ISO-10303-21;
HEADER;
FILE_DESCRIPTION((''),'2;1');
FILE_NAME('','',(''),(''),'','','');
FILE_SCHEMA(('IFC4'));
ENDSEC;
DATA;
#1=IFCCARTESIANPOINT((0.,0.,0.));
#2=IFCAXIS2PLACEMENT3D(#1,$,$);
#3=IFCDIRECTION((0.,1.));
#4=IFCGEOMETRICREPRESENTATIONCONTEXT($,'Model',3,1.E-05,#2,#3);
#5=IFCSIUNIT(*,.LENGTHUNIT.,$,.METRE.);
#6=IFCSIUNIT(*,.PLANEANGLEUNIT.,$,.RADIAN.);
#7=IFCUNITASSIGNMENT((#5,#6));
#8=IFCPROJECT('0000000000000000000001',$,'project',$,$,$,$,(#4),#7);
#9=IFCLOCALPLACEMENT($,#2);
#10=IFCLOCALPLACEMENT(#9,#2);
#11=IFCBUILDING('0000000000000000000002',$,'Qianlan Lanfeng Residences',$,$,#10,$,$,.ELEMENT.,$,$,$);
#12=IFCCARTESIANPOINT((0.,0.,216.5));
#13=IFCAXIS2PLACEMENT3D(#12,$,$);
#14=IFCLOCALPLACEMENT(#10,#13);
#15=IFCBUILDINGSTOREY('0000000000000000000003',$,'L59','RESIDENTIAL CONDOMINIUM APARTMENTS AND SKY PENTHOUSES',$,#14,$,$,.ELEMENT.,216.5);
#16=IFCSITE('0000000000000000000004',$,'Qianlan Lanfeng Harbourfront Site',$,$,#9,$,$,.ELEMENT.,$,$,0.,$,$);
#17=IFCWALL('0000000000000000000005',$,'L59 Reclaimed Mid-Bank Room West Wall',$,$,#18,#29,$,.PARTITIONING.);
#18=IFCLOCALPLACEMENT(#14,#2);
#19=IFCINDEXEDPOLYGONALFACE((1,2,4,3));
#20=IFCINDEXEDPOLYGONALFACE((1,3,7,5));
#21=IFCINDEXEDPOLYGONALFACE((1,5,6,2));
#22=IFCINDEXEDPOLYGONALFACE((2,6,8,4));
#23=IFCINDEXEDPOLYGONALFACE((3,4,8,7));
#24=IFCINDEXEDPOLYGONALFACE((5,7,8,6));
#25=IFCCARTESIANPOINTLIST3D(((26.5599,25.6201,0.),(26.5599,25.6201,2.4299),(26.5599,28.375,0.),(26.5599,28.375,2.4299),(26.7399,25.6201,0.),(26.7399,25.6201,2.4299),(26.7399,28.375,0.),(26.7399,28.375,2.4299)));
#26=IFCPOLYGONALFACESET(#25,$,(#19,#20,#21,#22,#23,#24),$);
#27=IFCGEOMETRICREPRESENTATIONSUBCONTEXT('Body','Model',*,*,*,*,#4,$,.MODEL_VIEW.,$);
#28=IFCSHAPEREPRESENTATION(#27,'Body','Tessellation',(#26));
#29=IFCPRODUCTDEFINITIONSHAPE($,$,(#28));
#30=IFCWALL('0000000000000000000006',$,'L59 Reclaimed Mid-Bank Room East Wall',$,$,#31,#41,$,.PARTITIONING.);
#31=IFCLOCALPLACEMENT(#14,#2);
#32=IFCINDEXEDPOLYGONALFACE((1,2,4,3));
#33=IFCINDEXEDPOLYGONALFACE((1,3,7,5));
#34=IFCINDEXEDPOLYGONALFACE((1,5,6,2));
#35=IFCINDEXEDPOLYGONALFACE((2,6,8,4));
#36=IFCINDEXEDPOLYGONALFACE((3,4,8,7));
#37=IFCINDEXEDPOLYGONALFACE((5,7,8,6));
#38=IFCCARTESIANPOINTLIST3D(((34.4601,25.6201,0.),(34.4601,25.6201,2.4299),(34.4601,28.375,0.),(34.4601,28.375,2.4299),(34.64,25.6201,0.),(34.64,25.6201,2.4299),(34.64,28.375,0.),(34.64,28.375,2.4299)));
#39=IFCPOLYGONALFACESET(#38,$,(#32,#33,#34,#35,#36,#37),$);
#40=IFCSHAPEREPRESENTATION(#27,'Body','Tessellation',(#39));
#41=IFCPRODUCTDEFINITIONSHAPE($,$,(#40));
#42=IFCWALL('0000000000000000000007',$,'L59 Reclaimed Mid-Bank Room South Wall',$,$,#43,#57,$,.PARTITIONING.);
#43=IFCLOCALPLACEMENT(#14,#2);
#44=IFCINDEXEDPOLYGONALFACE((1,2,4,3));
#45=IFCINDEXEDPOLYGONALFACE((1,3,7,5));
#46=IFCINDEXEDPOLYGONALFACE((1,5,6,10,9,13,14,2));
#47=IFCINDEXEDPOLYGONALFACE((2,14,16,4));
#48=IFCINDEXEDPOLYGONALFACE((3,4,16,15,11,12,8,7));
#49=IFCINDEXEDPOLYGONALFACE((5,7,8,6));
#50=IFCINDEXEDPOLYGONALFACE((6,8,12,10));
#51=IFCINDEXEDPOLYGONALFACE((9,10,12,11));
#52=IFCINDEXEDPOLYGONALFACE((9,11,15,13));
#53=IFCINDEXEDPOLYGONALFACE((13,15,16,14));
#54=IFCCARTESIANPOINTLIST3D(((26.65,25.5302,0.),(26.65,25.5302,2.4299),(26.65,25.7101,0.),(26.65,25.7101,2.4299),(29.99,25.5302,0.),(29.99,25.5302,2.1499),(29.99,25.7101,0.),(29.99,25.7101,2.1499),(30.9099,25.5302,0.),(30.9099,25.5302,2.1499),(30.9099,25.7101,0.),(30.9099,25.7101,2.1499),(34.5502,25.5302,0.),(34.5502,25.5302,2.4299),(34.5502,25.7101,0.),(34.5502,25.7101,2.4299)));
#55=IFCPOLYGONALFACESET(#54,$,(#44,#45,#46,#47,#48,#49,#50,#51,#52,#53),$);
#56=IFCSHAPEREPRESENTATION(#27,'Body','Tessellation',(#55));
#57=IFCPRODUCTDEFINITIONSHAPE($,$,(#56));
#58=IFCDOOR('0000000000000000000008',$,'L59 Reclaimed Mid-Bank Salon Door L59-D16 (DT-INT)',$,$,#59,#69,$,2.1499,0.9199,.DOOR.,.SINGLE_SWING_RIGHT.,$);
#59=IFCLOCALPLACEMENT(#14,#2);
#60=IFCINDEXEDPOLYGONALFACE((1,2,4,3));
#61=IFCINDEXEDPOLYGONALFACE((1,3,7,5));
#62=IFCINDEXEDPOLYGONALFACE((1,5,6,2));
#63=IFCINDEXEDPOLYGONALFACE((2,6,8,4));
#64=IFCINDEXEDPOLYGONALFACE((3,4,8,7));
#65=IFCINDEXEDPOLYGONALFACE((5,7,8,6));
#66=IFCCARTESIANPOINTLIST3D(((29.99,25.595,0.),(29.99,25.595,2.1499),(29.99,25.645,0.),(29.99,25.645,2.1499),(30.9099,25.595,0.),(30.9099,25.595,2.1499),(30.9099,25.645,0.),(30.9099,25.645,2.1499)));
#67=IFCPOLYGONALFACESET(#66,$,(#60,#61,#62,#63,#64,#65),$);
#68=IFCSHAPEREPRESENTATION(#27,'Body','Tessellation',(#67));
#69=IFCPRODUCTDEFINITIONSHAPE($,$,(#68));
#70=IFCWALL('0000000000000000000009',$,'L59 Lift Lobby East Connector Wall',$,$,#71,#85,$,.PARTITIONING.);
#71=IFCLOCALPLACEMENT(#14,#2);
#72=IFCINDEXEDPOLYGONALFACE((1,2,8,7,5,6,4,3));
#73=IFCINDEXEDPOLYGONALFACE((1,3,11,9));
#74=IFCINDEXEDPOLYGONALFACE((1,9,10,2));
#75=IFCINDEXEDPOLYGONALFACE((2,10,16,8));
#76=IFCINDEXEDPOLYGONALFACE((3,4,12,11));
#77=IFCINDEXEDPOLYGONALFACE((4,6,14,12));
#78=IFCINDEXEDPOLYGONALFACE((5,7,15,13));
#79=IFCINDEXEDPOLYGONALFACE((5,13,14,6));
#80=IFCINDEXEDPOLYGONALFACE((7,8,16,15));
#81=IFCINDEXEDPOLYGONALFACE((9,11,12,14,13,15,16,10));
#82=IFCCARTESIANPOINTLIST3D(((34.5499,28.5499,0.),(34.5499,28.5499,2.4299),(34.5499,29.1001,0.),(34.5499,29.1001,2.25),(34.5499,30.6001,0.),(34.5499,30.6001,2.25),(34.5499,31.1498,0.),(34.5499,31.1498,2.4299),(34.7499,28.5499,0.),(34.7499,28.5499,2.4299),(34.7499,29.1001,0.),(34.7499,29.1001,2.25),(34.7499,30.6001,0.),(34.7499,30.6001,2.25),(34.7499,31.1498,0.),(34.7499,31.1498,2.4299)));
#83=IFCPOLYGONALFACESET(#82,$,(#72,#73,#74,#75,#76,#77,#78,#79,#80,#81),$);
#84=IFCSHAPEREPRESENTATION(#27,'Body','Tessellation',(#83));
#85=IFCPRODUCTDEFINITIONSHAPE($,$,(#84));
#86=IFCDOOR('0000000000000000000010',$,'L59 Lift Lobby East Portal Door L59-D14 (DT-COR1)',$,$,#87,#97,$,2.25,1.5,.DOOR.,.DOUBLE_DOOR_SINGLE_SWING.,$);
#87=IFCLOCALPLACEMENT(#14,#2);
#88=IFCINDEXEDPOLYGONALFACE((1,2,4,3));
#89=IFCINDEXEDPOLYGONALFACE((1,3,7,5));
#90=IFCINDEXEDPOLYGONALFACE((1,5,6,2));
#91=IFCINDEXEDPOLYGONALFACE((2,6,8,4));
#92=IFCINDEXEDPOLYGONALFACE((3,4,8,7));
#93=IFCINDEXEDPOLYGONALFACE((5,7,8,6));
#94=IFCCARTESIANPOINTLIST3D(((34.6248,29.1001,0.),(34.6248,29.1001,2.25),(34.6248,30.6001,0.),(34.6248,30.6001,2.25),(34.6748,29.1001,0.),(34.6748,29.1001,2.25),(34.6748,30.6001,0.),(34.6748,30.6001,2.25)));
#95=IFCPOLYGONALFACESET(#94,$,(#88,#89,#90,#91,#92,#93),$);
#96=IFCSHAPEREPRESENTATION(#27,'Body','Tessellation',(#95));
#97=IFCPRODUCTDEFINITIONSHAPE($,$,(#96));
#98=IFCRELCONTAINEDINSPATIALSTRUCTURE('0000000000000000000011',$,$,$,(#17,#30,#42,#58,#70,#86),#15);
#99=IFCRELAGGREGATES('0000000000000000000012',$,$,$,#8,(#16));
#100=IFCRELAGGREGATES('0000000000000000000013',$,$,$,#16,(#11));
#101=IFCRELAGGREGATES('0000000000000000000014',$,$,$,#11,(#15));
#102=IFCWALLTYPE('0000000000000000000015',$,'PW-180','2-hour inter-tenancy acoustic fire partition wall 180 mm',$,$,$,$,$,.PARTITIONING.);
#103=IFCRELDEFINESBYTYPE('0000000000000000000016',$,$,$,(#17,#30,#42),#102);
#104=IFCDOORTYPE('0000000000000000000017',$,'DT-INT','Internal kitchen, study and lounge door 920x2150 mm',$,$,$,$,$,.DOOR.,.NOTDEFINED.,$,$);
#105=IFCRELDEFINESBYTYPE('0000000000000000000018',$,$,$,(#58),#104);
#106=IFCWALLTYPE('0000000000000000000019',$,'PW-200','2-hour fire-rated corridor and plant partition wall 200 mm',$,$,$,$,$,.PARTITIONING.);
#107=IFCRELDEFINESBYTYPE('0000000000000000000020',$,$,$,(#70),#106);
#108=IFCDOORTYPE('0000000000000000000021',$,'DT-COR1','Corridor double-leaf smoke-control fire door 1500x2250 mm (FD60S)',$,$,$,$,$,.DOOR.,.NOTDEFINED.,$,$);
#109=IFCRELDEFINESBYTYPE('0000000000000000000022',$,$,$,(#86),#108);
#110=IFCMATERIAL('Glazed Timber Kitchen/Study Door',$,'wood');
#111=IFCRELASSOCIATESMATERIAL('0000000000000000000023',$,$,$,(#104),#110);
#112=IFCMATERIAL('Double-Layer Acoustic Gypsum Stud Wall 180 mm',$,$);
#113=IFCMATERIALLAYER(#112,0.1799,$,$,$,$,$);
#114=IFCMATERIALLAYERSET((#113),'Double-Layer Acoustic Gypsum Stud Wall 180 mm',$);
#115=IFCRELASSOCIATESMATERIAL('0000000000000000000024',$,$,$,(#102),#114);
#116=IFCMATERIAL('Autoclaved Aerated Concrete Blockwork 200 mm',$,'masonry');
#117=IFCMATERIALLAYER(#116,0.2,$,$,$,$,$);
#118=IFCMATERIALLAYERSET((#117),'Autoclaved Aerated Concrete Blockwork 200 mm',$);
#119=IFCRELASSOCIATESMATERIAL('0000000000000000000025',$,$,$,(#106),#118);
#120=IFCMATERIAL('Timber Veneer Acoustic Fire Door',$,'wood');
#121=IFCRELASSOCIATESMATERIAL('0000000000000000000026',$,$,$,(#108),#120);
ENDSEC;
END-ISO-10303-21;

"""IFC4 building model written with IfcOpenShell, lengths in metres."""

from ifc_helpers import new_model, si_unit, direction, frame, frame_2d, origin, place, context, subcontext, project, spatial, rectangle, extrude, material, layer, layer_set, type_object, element, fill, save


model = new_model("IFC4")

# Units and contexts
model_context = context("Model", 3, precision=1e-05, world=origin(), true_north=direction((0.0, 1.0)))
body_context = subcontext(model_context, "Body", "Model", "MODEL_VIEW")
ifc_project = project(units=[si_unit("LENGTHUNIT", "METRE"), si_unit("PLANEANGLEUNIT", "RADIAN")], contexts=[model_context])

# Site, building, storey
site_placement = place(None, origin())
site = spatial("IfcSite", under=ifc_project, at=site_placement, Name="Qianlan Lanfeng Harbourfront Site", CompositionType="ELEMENT", RefElevation=0.0)
building_placement = place(site_placement, origin())
building = spatial("IfcBuilding", under=site, at=building_placement, Name="Qianlan Lanfeng Residences", CompositionType="ELEMENT")
storey_placement = place(building_placement, frame((0.0, 0.0, 216.5)))
storey = spatial("IfcBuildingStorey", under=building, at=storey_placement, Name="L59", Description="RESIDENTIAL CONDOMINIUM APARTMENTS AND SKY PENTHOUSES", CompositionType="ELEMENT", Elevation=216.5)

# Shared definitions
ifc_material_1 = material(Name="Glazed Timber Kitchen/Study Door", Category="wood")
door_type_1 = type_object("IfcDoorType", Name="DT-INT", Description="Internal kitchen, study and lounge door 920x2150 mm", OperationType="NOTDEFINED", PredefinedType="DOOR", material=ifc_material_1)

# Shared definitions
ifc_material_2 = material(Name="Double-Layer Acoustic Gypsum Stud Wall 180 mm")
ifc_layer_1 = layer(ifc_material_2, 0.1799)
ifc_layer_set_1 = layer_set([ifc_layer_1], Name="Double-Layer Acoustic Gypsum Stud Wall 180 mm")
wall_type_1 = type_object("IfcWallType", Name="PW-180", Description="2-hour inter-tenancy acoustic fire partition wall 180 mm", PredefinedType="PARTITIONING", material=ifc_layer_set_1)

# Walls
for number, where, z_axis, x_axis, name in (
    (1, (26.6499, 25.6201, 0.0), (0.0, 0.0, 1.0), (0.0, 1.0, 0.0), "L59 Reclaimed Mid-Bank Room West Wall"),
    (2, (34.55, 25.6201, 0.0), (0.0, 0.0, 1.0), (0.0, 1.0, 0.0), "L59 Reclaimed Mid-Bank Room East Wall"),
):
    element("IfcWall", number, at=place(storey_placement, frame(where, z_axis=z_axis, x_axis=x_axis)), inside=storey, type_object=wall_type_1, Name=name, PredefinedType="PARTITIONING", context=body_context, shape_type="SweptSolid", body=[
        extrude(rectangle(XDim=2.7549, YDim=0.1799, at=frame_2d((1.3774, 0.0))), origin(), (0.0, 0.0, 1.0), 2.4299),
    ])

# Walls, openings, doors
wall_1_placement = place(storey_placement, frame((26.6499, 25.6201, 0.0), z_axis=(0.0, 0.0, 1.0), x_axis=(1.0, 0.0, 0.0)))
wall_1 = element("IfcWall", 3, at=wall_1_placement, inside=storey, type_object=wall_type_1, Name="L59 Reclaimed Mid-Bank Room South Wall", PredefinedType="PARTITIONING", context=body_context, shape_type="SweptSolid", body=[
    extrude(rectangle(XDim=7.9001, YDim=0.1799, at=frame_2d((3.9502, 0.0))), origin(), (0.0, 0.0, 1.0), 2.4299),
])
opening_1_placement = place(wall_1_placement, frame((3.3401, 0.0, 0.0)))
opening_1 = element("IfcOpeningElement", 4, at=opening_1_placement, cuts=wall_1, PredefinedType="OPENING", context=body_context, shape_type="SweptSolid", body=[
    extrude(rectangle(XDim=0.9199, YDim=2.1499, at=frame_2d((0.46, 1.075))), frame((0.0, 0.1001, 0.0), z_axis=(0.0, -1.0, 0.0), x_axis=(1.0, 0.0, 0.0)), (0.0, 0.0, 1.0), 0.2),
])
door_1_placement = place(opening_1_placement, origin())
door_1 = element("IfcDoor", 5, at=door_1_placement, inside=storey, type_object=door_type_1, Name="L59 Reclaimed Mid-Bank Salon Door L59-D16 (DT-INT)", OperationType="SINGLE_SWING_RIGHT", OverallHeight=2.1499, OverallWidth=0.9199, PredefinedType="DOOR", context=body_context, shape_type="SweptSolid", body=[
    extrude(rectangle(XDim=0.9199, YDim=2.1499, at=frame_2d((0.46, 1.075))), frame((0.0, 0.0249, 0.0), z_axis=(0.0, -1.0, 0.0), x_axis=(1.0, 0.0, 0.0)), (0.0, 0.0, 1.0), 0.05),
])
fill(opening_1, door_1)
ifc_material_3 = material(Name="Autoclaved Aerated Concrete Blockwork 200 mm", Category="masonry")
ifc_layer_2 = layer(ifc_material_3, 0.2)
ifc_layer_set_2 = layer_set([ifc_layer_2], Name="Autoclaved Aerated Concrete Blockwork 200 mm")
wall_type_2 = type_object("IfcWallType", Name="PW-200", Description="2-hour fire-rated corridor and plant partition wall 200 mm", PredefinedType="PARTITIONING", material=ifc_layer_set_2)
wall_2_placement = place(storey_placement, frame((34.6499, 28.55, 0.0), z_axis=(0.0, 0.0, 1.0), x_axis=(0.0, 1.0, 0.0)))
wall_2 = element("IfcWall", 6, at=wall_2_placement, inside=storey, type_object=wall_type_2, Name="L59 Lift Lobby East Connector Wall", PredefinedType="PARTITIONING", context=body_context, shape_type="SweptSolid", body=[
    extrude(rectangle(XDim=2.5999, YDim=0.2, at=frame_2d((1.2998, 0.0))), origin(), (0.0, 0.0, 1.0), 2.4299),
])
opening_2_placement = place(wall_2_placement, frame((0.55, 0.0, 0.0)))
opening_2 = element("IfcOpeningElement", 7, at=opening_2_placement, cuts=wall_2, PredefinedType="OPENING", context=body_context, shape_type="SweptSolid", body=[
    extrude(rectangle(XDim=1.5, YDim=2.25, at=frame_2d((0.75, 1.125))), frame((0.0, 0.1099, 0.0), z_axis=(0.0, -1.0, 0.0), x_axis=(1.0, 0.0, 0.0)), (0.0, 0.0, 1.0), 0.22),
])
ifc_material_4 = material(Name="Timber Veneer Acoustic Fire Door", Category="wood")
door_type_2 = type_object("IfcDoorType", Name="DT-COR1", Description="Corridor double-leaf smoke-control fire door 1500x2250 mm (FD60S)", OperationType="NOTDEFINED", PredefinedType="DOOR", material=ifc_material_4)
door_2_placement = place(opening_2_placement, frame((1.5, 0.0, 0.0), z_axis=(0.0, 0.0, 1.0), x_axis=(-1.0, 0.0, 0.0)))
door_2 = element("IfcDoor", 8, at=door_2_placement, inside=storey, type_object=door_type_2, Name="L59 Lift Lobby East Portal Door L59-D14 (DT-COR1)", OperationType="DOUBLE_DOOR_SINGLE_SWING", OverallHeight=2.25, OverallWidth=1.5, PredefinedType="DOOR", context=body_context, shape_type="SweptSolid", body=[
    extrude(rectangle(XDim=1.5, YDim=2.25, at=frame_2d((0.75, 1.125))), frame((0.0, 0.0249, 0.0), z_axis=(0.0, -1.0, 0.0), x_axis=(1.0, 0.0, 0.0)), (0.0, 0.0, 1.0), 0.05),
])
fill(opening_2, door_2)

save(model, "model.ifc")
